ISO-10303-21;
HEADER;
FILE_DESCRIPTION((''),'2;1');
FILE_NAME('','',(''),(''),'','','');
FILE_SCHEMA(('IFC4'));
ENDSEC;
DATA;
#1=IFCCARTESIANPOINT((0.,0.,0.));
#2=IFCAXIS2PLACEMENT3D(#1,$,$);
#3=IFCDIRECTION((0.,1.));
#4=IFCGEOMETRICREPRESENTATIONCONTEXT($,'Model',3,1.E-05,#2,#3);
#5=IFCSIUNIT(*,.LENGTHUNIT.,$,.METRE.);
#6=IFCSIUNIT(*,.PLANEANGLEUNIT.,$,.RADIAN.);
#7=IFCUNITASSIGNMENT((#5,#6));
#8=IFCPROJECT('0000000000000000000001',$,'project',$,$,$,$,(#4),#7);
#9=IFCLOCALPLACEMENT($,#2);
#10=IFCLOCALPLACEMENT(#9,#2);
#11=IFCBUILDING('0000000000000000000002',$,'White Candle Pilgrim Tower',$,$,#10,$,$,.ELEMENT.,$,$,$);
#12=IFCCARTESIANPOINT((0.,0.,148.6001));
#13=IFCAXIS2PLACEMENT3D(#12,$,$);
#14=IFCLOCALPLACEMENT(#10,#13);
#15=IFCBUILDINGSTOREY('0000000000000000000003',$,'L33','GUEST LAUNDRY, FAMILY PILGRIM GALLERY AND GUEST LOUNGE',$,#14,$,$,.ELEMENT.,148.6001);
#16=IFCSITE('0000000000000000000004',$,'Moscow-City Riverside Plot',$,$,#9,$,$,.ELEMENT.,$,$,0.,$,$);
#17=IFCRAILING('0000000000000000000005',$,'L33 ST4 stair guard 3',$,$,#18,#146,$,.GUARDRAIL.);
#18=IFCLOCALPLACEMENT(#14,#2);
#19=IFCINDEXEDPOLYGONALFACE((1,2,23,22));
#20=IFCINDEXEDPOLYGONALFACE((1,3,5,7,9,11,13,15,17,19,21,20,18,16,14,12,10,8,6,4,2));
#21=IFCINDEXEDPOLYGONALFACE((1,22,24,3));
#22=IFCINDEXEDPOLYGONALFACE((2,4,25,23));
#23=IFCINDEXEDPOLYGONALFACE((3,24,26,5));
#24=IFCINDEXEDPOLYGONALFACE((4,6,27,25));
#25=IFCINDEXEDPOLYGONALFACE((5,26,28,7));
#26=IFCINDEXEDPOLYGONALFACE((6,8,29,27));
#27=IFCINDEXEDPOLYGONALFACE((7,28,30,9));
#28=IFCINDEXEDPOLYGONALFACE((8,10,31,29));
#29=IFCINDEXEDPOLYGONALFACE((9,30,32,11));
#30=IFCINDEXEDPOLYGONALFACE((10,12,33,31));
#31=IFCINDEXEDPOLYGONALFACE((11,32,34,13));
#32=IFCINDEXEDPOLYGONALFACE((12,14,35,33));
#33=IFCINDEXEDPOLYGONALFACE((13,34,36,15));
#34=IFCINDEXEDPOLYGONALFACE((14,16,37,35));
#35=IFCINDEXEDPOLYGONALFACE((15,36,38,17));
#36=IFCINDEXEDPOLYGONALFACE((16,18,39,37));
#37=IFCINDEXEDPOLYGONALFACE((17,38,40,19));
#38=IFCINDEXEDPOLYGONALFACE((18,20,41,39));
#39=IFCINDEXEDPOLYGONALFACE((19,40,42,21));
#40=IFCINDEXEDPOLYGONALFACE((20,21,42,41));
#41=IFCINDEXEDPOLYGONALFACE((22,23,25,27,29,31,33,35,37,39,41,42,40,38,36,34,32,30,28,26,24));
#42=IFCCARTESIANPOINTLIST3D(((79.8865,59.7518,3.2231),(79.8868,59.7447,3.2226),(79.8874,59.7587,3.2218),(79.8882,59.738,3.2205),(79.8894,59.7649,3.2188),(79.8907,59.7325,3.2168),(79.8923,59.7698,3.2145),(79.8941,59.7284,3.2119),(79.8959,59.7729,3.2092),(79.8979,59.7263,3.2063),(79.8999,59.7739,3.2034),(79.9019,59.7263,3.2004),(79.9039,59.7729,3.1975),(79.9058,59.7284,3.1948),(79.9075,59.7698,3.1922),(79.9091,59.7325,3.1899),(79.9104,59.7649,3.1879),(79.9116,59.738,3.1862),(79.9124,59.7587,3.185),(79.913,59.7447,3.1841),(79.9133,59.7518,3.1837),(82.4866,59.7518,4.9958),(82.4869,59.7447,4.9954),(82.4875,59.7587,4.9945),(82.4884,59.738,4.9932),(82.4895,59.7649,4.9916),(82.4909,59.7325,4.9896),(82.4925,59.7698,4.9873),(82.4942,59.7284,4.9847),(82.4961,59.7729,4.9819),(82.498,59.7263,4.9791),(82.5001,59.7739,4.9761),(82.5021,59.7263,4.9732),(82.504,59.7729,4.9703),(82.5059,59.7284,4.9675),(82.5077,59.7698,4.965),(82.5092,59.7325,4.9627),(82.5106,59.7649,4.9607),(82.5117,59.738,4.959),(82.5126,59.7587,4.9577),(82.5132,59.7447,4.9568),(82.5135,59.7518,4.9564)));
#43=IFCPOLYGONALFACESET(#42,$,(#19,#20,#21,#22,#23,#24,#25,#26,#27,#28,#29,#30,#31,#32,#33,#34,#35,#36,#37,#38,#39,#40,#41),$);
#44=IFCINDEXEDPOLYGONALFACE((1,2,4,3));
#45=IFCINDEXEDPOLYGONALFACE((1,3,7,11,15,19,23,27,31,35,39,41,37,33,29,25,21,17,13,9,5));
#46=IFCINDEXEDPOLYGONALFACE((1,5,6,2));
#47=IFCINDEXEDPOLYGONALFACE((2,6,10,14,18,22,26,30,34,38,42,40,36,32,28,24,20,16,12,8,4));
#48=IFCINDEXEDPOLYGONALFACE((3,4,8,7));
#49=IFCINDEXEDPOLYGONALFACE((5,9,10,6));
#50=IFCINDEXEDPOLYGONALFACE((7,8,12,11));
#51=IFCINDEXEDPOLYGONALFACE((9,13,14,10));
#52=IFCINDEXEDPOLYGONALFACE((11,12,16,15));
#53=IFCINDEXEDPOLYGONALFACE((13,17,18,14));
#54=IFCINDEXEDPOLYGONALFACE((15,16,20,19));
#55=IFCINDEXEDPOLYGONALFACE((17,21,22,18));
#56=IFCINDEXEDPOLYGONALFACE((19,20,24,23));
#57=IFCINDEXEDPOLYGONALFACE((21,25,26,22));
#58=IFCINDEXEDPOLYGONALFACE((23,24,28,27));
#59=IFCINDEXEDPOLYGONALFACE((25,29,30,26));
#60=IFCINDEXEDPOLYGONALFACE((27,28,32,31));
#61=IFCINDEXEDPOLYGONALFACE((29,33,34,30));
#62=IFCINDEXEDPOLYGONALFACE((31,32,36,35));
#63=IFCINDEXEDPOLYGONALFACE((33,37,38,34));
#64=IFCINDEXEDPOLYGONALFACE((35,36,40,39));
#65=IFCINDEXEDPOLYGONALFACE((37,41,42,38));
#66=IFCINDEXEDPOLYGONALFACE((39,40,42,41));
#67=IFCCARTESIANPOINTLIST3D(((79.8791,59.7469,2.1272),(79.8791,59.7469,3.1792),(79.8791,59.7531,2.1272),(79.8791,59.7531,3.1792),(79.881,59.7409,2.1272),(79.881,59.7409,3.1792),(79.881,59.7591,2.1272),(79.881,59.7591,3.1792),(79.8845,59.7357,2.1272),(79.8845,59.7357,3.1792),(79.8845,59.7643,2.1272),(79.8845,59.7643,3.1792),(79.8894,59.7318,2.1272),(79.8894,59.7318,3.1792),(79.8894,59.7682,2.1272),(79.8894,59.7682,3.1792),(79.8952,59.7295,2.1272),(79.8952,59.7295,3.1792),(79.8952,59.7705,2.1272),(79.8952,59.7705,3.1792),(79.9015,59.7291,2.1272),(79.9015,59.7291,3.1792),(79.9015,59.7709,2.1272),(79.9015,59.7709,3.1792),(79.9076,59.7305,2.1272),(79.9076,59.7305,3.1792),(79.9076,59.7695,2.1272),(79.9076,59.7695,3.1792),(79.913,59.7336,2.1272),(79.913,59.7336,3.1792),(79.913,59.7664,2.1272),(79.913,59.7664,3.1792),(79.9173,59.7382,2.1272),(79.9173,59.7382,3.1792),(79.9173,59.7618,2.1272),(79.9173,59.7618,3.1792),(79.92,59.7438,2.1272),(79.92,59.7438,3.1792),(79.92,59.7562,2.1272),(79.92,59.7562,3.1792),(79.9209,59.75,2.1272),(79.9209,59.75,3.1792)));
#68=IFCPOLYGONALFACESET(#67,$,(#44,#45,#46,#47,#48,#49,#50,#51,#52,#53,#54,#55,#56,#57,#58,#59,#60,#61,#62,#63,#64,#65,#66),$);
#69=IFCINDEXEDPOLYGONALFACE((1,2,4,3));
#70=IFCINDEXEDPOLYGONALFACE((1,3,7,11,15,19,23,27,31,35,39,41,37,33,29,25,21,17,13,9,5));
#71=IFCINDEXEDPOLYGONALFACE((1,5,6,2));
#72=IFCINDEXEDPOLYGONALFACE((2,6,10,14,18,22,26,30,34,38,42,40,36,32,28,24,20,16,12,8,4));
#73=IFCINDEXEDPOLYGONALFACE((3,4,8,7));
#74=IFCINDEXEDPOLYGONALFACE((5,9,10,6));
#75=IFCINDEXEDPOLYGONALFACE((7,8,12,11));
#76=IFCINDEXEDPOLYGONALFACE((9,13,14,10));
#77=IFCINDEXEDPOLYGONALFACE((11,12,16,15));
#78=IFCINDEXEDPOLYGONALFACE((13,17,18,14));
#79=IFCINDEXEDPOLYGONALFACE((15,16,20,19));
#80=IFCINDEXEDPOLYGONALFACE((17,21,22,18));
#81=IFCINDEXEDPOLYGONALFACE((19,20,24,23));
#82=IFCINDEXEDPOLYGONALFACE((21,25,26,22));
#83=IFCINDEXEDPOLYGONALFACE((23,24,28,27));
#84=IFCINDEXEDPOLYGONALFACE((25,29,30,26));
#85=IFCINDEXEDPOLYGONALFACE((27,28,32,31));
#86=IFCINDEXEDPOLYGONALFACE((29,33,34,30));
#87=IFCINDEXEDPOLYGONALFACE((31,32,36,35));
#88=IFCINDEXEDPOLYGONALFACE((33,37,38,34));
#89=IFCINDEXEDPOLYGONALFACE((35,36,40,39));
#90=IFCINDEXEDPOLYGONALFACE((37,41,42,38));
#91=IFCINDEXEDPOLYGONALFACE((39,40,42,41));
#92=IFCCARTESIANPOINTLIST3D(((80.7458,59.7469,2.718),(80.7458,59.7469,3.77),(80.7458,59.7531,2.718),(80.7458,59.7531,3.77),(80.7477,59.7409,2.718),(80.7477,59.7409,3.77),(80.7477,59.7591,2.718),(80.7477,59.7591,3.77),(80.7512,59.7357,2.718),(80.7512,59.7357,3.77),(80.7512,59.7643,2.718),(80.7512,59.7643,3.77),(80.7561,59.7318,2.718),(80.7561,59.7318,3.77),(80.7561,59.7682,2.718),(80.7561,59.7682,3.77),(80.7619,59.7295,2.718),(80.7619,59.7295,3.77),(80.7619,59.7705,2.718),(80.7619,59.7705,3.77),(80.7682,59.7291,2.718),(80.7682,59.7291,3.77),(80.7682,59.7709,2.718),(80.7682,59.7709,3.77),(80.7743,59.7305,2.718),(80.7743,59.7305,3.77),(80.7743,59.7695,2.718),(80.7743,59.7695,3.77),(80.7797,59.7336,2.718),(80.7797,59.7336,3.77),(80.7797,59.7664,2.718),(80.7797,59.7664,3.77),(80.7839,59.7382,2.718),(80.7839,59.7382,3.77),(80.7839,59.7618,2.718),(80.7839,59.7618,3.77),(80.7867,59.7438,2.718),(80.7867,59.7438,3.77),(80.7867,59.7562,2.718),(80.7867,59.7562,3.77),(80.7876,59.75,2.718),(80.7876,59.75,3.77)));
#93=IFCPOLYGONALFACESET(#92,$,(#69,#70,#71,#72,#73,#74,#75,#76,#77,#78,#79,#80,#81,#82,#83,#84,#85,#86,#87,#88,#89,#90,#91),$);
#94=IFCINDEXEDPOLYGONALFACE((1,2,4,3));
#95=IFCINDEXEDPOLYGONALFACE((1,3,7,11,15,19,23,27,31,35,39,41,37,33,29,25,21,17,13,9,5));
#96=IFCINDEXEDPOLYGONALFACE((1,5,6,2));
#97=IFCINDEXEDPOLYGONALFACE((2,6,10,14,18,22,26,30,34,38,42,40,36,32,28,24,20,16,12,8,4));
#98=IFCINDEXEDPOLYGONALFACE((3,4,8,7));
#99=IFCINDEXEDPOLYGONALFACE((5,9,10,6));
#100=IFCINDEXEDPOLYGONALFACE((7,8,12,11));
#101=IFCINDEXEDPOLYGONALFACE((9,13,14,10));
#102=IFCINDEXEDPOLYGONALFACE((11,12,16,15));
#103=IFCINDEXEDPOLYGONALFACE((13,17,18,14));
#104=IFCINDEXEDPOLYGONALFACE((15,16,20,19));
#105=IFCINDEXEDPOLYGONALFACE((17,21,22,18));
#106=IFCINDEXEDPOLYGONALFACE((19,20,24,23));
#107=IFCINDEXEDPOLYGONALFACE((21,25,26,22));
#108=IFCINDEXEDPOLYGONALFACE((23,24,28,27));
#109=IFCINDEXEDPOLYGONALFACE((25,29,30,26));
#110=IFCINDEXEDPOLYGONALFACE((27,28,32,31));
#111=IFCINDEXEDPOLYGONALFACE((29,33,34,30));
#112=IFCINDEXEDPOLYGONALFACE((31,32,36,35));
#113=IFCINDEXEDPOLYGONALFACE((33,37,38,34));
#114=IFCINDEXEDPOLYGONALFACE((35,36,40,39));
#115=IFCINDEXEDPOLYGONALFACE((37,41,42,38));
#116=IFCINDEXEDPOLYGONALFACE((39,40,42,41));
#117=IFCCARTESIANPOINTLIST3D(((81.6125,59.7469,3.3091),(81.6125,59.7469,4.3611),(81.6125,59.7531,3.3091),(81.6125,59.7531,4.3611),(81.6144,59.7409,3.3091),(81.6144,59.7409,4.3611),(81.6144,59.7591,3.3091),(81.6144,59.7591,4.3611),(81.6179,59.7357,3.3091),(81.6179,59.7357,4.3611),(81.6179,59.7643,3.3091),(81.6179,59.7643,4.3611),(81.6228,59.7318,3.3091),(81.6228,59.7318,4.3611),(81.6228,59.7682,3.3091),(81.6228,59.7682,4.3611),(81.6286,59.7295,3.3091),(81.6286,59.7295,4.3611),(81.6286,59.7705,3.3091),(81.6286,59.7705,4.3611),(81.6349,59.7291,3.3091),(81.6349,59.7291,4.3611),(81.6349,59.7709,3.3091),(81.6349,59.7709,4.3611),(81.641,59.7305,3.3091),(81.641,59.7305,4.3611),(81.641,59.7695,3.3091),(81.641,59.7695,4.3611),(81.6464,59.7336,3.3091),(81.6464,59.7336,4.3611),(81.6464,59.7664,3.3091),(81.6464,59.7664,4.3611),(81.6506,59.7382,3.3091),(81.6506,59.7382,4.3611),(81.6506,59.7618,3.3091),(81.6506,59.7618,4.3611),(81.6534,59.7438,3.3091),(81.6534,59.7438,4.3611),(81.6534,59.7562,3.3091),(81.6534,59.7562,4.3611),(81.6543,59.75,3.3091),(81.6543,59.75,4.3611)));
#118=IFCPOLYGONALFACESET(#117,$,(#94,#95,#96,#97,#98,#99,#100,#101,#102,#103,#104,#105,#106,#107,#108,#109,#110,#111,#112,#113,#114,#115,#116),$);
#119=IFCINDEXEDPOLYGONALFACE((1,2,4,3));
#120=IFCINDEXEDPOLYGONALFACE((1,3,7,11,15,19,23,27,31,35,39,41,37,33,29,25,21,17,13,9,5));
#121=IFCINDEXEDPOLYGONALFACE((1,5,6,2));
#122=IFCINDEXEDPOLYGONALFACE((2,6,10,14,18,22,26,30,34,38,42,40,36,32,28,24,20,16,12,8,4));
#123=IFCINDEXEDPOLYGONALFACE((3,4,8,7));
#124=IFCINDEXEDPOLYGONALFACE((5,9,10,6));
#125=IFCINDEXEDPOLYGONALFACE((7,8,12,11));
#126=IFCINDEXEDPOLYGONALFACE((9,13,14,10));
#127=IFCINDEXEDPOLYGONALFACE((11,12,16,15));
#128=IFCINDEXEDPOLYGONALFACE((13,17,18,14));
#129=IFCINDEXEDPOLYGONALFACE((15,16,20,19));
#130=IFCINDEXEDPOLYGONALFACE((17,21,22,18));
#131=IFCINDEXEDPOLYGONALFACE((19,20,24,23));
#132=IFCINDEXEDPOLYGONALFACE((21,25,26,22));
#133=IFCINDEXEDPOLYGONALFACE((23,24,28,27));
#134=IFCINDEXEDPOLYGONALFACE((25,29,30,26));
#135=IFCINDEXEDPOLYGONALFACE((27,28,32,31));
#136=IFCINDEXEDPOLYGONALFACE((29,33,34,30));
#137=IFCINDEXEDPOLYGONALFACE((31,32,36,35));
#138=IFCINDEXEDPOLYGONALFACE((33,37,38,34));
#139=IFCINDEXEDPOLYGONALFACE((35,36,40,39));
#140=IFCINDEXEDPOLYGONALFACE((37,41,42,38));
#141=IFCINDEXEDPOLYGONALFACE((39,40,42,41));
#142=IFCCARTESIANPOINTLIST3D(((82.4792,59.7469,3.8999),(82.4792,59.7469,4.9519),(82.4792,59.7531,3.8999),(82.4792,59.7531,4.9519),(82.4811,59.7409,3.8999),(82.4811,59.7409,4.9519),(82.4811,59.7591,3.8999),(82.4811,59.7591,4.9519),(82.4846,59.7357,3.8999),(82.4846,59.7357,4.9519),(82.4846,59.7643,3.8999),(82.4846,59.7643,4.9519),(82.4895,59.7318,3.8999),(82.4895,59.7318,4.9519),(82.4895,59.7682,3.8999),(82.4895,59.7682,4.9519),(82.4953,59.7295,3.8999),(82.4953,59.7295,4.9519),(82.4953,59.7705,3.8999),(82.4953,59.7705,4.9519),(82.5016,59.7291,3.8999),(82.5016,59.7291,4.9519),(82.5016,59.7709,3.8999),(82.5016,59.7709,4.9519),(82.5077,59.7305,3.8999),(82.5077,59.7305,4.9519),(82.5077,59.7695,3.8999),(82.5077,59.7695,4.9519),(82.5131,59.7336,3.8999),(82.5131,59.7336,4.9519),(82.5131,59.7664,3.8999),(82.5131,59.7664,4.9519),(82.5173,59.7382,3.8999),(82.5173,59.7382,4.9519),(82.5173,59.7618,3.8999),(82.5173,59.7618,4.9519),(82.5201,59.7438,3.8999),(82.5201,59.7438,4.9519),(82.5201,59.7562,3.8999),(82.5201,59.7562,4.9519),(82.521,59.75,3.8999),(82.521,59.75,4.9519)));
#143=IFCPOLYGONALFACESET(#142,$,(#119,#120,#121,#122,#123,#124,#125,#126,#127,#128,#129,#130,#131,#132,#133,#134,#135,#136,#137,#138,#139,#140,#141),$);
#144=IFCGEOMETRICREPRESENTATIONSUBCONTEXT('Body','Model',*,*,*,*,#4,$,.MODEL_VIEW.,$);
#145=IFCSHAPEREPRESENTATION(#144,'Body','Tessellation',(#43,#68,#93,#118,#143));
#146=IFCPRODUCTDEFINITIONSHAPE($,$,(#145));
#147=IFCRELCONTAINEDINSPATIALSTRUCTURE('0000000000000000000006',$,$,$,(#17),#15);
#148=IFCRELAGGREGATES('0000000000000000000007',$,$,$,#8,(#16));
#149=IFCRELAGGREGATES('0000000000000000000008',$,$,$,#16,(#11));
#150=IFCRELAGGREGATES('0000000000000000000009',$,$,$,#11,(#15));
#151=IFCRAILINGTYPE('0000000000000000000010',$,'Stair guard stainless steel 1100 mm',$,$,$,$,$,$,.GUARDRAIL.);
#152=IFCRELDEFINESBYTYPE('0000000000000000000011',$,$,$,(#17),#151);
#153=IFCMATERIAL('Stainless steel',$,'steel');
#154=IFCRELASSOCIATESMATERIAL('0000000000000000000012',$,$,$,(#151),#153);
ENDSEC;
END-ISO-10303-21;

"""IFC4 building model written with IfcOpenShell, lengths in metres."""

from ifc_helpers import new_model, si_unit, direction, frame, origin, origin_2d, place, context, subcontext, project, spatial, circle, extrude, material, type_object, element, save


model = new_model("IFC4")

# Units and contexts
model_context = context("Model", 3, precision=1e-05, world=origin(), true_north=direction((0.0, 1.0)))
body_context = subcontext(model_context, "Body", "Model", "MODEL_VIEW")
ifc_project = project(units=[si_unit("LENGTHUNIT", "METRE"), si_unit("PLANEANGLEUNIT", "RADIAN")], contexts=[model_context])

# Site, building, storey
site_placement = place(None, origin())
site = spatial("IfcSite", under=ifc_project, at=site_placement, Name="Moscow-City Riverside Plot", CompositionType="ELEMENT", RefElevation=0.0)
building_placement = place(site_placement, origin())
building = spatial("IfcBuilding", under=site, at=building_placement, Name="White Candle Pilgrim Tower", CompositionType="ELEMENT")
storey_placement = place(building_placement, frame((0.0, 0.0, 148.6001)))
storey = spatial("IfcBuildingStorey", under=building, at=storey_placement, Name="L33", Description="GUEST LAUNDRY, FAMILY PILGRIM GALLERY AND GUEST LOUNGE", CompositionType="ELEMENT", Elevation=148.6001)

# Railing
ifc_material_1 = material(Name="Stainless steel", Category="steel")
railing_type_1 = type_object("IfcRailingType", Name="Stair guard stainless steel 1100 mm", PredefinedType="GUARDRAIL", material=ifc_material_1)
railing_1_placement = place(storey_placement, frame((79.8999, 59.75, 2.1272)))
element("IfcRailing", 1, at=railing_1_placement, inside=storey, type_object=railing_type_1, Name="L33 ST4 stair guard 3", PredefinedType="GUARDRAIL", context=body_context, shape_type="SweptSolid", body=[
    extrude(circle(Radius=0.0239, at=origin_2d()), frame((0.0, 0.0, 1.0762), z_axis=(0.82624, 0.0, 0.563318), x_axis=(0.0, 1.0, 0.0)), (0.0, 0.0, 1.0), 3.147),
    extrude(circle(Radius=0.021, at=origin_2d()), origin(), (0.0, 0.0, 1.0), 1.052),
    extrude(circle(Radius=0.021, at=origin_2d()), frame((0.8667, 0.0, 0.5908)), (0.0, 0.0, 1.0), 1.052),
    extrude(circle(Radius=0.021, at=origin_2d()), frame((1.7334, 0.0, 1.1819)), (0.0, 0.0, 1.0), 1.052),
    extrude(circle(Radius=0.021, at=origin_2d()), frame((2.6001, 0.0, 1.7727)), (0.0, 0.0, 1.0), 1.052),
])

save(model, "model.ifc")
